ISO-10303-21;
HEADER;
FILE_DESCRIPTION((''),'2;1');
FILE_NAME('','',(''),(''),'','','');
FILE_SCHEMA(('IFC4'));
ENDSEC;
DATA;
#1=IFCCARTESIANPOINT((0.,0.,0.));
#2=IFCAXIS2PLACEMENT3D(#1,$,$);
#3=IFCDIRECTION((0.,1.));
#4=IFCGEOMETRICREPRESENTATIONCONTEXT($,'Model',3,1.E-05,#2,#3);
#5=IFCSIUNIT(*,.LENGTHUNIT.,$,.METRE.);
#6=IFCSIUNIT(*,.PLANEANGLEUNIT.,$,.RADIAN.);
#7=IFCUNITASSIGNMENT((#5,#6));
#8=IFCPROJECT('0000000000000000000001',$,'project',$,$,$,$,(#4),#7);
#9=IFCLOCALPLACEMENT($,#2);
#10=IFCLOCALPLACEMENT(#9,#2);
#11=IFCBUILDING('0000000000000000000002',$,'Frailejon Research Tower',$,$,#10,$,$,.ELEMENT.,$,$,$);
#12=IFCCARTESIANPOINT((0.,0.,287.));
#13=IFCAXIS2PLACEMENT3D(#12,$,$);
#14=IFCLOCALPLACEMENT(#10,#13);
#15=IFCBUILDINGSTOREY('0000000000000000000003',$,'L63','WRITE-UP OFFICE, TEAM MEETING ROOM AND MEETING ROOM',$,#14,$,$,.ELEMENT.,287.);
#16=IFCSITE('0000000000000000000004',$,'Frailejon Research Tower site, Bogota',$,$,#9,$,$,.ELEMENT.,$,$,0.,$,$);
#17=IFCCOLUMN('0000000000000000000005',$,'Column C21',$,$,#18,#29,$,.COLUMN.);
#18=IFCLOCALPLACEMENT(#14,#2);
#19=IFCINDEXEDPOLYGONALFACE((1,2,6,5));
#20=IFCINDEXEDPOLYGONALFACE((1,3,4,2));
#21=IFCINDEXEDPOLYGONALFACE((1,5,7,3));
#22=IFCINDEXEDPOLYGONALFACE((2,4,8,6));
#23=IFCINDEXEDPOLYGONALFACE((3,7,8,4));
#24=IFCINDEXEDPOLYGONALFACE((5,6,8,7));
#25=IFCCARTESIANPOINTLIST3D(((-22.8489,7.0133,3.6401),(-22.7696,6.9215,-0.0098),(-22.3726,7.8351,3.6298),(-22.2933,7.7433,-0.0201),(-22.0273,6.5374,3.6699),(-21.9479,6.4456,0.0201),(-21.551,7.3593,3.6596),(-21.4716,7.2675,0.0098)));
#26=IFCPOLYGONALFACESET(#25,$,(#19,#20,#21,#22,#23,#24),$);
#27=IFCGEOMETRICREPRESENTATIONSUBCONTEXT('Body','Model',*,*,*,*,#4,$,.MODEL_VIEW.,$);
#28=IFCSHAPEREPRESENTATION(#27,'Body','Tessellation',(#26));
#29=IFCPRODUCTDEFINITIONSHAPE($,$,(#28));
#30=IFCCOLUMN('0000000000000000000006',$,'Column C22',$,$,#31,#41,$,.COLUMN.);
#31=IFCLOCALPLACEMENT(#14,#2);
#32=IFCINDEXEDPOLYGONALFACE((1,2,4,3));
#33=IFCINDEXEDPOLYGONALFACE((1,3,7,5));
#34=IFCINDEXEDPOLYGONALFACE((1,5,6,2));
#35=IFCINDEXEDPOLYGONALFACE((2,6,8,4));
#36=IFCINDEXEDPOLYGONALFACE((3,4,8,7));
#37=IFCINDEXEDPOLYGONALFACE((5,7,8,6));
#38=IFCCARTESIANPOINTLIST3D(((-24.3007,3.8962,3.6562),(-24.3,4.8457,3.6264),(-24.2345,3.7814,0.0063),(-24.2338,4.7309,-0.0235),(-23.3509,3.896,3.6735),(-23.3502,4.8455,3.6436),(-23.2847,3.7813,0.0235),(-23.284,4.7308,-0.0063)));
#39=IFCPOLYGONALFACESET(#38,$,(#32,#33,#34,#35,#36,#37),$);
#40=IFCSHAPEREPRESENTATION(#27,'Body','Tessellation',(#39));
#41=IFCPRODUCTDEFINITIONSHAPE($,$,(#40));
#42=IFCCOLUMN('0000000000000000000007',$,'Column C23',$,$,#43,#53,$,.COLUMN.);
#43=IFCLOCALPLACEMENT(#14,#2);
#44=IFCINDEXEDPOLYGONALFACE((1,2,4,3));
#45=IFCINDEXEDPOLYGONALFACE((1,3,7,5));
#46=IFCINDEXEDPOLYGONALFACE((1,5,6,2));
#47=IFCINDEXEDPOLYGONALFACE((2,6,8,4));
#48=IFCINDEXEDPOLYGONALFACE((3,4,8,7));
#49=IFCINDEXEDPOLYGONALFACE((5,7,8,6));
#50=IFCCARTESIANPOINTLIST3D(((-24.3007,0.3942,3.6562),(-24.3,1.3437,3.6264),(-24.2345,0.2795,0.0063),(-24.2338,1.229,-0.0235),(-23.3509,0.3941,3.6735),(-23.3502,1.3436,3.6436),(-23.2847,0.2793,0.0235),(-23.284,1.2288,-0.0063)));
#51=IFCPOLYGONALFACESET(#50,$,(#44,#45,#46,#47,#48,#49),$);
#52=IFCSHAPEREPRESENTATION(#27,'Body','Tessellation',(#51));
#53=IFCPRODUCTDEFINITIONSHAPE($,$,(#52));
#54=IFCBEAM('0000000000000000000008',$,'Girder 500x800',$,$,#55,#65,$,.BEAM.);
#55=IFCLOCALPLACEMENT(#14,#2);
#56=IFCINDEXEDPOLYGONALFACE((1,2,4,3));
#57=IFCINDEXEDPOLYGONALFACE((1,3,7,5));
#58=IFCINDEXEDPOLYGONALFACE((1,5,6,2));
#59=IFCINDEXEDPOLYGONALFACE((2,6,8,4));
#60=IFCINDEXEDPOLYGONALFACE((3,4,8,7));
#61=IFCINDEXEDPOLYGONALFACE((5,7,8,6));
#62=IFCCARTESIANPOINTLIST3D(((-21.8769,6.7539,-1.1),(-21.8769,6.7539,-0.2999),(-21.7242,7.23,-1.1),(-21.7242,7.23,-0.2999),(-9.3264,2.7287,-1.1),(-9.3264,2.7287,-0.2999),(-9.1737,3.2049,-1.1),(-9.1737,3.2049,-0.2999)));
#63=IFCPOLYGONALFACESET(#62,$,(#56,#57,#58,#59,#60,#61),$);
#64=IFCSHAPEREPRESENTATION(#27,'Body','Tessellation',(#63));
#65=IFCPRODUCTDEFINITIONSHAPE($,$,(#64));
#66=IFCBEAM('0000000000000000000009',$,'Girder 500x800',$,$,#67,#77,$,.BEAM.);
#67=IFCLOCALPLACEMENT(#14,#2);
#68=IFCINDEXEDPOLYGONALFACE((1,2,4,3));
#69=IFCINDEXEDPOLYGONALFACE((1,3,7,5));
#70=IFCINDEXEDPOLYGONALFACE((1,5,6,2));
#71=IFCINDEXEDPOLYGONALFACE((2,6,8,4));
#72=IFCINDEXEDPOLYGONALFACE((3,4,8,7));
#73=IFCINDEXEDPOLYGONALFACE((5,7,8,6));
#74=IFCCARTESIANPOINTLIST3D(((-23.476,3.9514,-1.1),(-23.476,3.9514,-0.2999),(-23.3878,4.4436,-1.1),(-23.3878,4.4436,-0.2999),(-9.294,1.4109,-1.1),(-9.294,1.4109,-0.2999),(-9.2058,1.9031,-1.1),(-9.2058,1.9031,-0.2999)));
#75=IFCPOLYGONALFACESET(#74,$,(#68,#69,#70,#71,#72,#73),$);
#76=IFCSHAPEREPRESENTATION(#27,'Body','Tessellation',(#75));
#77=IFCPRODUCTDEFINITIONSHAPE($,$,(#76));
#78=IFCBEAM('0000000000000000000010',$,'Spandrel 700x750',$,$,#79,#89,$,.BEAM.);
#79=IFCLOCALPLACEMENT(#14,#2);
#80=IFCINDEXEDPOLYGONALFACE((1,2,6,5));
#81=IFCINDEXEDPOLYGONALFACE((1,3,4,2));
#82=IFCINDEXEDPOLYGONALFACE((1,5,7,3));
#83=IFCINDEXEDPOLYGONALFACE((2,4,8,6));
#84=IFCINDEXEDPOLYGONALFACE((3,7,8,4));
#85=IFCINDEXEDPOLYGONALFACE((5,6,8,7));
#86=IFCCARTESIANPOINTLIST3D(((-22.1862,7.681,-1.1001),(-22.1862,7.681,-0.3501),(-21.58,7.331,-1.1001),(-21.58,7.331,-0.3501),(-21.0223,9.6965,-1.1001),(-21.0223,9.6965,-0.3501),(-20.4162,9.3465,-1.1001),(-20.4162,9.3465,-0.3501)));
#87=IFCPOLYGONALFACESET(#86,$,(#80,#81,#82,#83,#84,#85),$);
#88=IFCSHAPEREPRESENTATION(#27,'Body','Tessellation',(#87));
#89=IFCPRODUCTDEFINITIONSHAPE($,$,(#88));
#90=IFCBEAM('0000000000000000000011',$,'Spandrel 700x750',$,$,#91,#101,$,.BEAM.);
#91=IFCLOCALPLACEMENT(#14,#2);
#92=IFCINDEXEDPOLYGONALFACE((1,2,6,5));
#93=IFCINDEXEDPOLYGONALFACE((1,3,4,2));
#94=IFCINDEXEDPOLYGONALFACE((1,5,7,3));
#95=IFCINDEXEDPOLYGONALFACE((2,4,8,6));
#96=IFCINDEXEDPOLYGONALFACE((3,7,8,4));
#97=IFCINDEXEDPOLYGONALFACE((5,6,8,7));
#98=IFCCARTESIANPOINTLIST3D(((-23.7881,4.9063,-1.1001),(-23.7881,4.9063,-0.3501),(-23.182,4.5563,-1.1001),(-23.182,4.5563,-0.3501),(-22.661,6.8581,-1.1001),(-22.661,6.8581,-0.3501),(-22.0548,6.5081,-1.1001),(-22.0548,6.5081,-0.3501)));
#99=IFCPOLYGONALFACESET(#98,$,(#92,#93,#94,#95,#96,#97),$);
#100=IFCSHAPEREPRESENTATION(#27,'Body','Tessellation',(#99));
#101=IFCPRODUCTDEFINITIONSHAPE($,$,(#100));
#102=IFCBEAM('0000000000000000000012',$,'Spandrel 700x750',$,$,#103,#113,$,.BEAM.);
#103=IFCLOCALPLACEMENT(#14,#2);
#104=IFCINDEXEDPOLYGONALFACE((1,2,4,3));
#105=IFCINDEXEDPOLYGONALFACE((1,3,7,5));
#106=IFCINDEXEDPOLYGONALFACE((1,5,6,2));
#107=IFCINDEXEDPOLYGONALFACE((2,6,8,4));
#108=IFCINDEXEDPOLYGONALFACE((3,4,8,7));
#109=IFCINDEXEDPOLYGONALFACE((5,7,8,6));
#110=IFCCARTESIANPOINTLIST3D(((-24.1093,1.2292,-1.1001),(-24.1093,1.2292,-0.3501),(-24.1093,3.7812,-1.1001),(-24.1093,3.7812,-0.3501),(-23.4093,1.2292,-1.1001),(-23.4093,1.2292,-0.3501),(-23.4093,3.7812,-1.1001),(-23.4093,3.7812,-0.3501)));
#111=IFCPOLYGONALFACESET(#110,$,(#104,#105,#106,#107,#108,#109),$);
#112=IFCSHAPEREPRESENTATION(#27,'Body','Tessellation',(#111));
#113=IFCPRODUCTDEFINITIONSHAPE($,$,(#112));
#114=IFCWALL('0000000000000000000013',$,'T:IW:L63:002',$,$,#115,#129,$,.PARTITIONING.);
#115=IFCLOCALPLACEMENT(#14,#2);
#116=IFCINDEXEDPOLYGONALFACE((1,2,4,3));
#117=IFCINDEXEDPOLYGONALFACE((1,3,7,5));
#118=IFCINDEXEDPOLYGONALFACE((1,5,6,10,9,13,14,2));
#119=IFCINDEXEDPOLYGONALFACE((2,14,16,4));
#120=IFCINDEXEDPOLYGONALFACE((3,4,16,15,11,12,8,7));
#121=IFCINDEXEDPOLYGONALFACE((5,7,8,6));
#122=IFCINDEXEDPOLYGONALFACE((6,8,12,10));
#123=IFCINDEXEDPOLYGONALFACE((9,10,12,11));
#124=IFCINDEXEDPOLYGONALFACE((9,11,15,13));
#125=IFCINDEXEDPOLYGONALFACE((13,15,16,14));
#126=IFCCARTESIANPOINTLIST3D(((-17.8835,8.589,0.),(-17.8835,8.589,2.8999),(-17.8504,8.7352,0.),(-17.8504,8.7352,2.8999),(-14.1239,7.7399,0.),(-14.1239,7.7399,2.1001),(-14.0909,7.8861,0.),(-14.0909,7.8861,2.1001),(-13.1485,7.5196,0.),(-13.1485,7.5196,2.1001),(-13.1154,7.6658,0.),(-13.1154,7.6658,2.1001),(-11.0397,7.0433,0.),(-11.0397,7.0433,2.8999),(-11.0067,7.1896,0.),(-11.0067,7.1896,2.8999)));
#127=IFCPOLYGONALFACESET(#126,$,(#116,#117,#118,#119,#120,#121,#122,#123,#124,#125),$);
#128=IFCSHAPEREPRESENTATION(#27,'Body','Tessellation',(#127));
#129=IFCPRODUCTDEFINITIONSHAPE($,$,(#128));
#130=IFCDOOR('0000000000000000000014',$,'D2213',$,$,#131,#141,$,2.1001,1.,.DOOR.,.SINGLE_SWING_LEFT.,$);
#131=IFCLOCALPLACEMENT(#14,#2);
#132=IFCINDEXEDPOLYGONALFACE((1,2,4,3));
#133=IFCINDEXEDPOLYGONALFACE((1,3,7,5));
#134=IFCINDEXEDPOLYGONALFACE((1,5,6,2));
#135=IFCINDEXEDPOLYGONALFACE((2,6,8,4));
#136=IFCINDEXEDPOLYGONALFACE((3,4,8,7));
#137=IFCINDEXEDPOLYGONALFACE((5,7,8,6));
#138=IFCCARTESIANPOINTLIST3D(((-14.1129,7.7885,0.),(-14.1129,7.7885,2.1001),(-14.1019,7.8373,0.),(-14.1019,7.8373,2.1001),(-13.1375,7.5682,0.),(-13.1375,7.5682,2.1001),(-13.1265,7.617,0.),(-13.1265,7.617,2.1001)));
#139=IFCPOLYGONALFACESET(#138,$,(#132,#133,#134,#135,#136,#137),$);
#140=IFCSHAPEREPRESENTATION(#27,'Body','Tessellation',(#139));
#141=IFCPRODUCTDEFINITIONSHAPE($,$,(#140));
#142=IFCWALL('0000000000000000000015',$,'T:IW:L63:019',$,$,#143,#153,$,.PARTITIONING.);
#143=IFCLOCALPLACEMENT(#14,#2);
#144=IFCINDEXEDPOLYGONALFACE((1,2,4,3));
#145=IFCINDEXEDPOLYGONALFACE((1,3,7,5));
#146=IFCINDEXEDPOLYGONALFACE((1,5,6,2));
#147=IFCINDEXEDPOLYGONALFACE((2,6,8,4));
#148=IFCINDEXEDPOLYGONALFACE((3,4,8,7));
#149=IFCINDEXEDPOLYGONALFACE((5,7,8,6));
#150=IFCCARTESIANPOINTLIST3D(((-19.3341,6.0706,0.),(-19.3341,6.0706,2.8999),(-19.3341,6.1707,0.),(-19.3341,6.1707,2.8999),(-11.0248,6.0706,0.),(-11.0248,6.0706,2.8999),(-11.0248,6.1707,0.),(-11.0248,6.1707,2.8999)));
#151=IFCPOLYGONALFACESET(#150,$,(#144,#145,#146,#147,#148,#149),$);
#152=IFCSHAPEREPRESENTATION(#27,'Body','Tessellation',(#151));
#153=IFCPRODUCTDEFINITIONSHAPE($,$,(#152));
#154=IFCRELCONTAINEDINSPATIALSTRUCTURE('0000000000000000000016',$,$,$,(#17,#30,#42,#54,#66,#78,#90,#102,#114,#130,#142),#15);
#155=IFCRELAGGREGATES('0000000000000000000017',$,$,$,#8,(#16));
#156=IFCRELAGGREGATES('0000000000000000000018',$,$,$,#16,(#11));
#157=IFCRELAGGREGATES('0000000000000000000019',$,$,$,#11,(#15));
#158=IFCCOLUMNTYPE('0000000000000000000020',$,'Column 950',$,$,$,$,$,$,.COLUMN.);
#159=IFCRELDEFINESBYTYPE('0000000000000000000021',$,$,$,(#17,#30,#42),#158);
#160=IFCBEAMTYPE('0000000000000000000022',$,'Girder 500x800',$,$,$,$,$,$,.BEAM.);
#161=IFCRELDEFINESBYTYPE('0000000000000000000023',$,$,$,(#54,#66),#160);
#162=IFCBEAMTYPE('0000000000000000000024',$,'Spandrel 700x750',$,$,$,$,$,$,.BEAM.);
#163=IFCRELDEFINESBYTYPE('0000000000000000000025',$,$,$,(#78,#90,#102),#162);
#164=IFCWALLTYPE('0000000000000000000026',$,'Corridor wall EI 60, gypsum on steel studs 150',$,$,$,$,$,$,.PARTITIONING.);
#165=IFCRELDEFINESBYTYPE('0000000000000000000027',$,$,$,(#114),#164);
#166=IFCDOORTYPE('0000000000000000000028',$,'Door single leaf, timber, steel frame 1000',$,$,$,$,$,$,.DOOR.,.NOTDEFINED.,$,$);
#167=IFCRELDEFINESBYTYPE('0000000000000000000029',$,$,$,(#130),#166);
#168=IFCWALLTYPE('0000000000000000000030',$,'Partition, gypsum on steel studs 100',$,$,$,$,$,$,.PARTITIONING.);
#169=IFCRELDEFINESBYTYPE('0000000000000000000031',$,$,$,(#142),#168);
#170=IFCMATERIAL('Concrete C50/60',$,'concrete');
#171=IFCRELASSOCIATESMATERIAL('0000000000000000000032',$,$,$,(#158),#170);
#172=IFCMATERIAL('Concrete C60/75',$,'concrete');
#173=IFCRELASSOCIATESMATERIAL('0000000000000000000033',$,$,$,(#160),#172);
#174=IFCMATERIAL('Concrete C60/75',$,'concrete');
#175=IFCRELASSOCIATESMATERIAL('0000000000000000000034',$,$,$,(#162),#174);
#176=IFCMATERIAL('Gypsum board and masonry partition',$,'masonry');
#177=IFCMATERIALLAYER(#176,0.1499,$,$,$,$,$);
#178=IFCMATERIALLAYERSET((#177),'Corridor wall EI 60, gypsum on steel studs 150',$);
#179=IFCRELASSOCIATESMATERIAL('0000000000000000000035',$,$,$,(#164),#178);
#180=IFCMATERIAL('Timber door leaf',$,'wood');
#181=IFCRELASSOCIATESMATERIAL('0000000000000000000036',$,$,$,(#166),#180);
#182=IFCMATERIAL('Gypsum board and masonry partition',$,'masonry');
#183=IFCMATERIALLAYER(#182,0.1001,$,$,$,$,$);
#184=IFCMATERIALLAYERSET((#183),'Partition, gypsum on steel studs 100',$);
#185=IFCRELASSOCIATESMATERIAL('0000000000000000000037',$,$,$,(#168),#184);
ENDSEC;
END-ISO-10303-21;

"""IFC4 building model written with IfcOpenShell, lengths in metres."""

from ifc_helpers import new_model, si_unit, direction, frame, frame_2d, origin, origin_2d, place, context, subcontext, project, spatial, rectangle, extrude, material, layer, layer_set, material_profile, profile_set, type_object, element, fill, save


model = new_model("IFC4")

# Units and contexts
model_context = context("Model", 3, precision=1e-05, world=origin(), true_north=direction((0.0, 1.0)))
body_context = subcontext(model_context, "Body", "Model", "MODEL_VIEW")
ifc_project = project(units=[si_unit("LENGTHUNIT", "METRE"), si_unit("PLANEANGLEUNIT", "RADIAN")], contexts=[model_context])

# Site, building, storey
site_placement = place(None, origin())
site = spatial("IfcSite", under=ifc_project, at=site_placement, Name="Frailejon Research Tower site, Bogota", CompositionType="ELEMENT", RefElevation=0.0)
building_placement = place(site_placement, origin())
building = spatial("IfcBuilding", under=site, at=building_placement, Name="Frailejon Research Tower", CompositionType="ELEMENT")
storey_placement = place(building_placement, frame((0.0, 0.0, 287.0)))
storey = spatial("IfcBuildingStorey", under=building, at=storey_placement, Name="L63", Description="WRITE-UP OFFICE, TEAM MEETING ROOM AND MEETING ROOM", CompositionType="ELEMENT", Elevation=287.0)

# Columns
ifc_material_1 = material(Name="Concrete C50/60", Category="concrete")
ifc_material_profile_1 = material_profile(ifc_material_1, rectangle(XDim=0.95, YDim=0.95, at=origin_2d()), Name="Column 950")
ifc_profile_set_1 = profile_set([ifc_material_profile_1], Name="Concrete C50/60")
column_type = type_object("IfcColumnType", Name="Column 950", PredefinedType="COLUMN", material=ifc_profile_set_1)
column_placement = place(storey_placement, frame((-22.1206, 7.0945, 0.0), z_axis=(-0.021727, 0.025137, 0.999448), x_axis=(-0.501407, -0.865143, 0.010859)))
element("IfcColumn", 1, at=column_placement, inside=storey, type_object=column_type, Name="Column C21", PredefinedType="COLUMN", context=body_context, shape_type="SweptSolid", body=[
    extrude(rectangle(XDim=0.95, YDim=0.95, at=origin_2d()), origin(), (0.0, 0.0, 1.0), 3.6519),
])
for number, where, z_axis, x_axis, name in (
    (2, (-23.7593, 4.2561, 0.0), (-0.018115, 0.031417, 0.999342), (-0.000701, -0.999506, 0.03141), "Column C22"),
    (3, (-23.7593, 0.7542, 0.0), (-0.018115, 0.031417, 0.999342), (-0.000701, -0.999506, 0.03141), "Column C23"),
):
    element("IfcColumn", number, at=place(storey_placement, frame(where, z_axis=z_axis, x_axis=x_axis)), inside=storey, type_object=column_type, Name=name, PredefinedType="COLUMN", context=body_context, shape_type="SweptSolid", body=[
        extrude(rectangle(XDim=0.95, YDim=0.95, at=origin_2d()), origin(), (0.0, 0.0, 1.0), 3.6523),
    ])

# Beams
ifc_material_2 = material(Name="Concrete C60/75", Category="concrete")
ifc_material_profile_2 = material_profile(ifc_material_2, rectangle(XDim=0.5, YDim=0.8, at=origin_2d()), Name="Girder 500x800")
ifc_profile_set_2 = profile_set([ifc_material_profile_2], Name="Concrete C60/75")
beam_type_1 = type_object("IfcBeamType", Name="Girder 500x800", PredefinedType="BEAM", material=ifc_profile_set_2)
beam_1_placement = place(storey_placement, frame((-21.8005, 6.9919, -0.7), z_axis=(0.952226, -0.305393, 0.0), x_axis=(0.305393, 0.952226, 0.0)))
element("IfcBeam", 4, at=beam_1_placement, inside=storey, type_object=beam_type_1, Name="Girder 500x800", PredefinedType="BEAM", context=body_context, shape_type="SweptSolid", body=[
    extrude(rectangle(XDim=0.5, YDim=0.8, at=origin_2d()), origin(), (0.0, 0.0, 1.0), 13.1802),
])
beam_2_placement = place(storey_placement, frame((-23.4319, 4.1975, -0.7), z_axis=(0.984331, -0.176332, 0.0), x_axis=(0.176332, 0.984331, 0.0)))
element("IfcBeam", 5, at=beam_2_placement, inside=storey, type_object=beam_type_1, Name="Girder 500x800", PredefinedType="BEAM", context=body_context, shape_type="SweptSolid", body=[
    extrude(rectangle(XDim=0.5, YDim=0.8, at=origin_2d()), origin(), (0.0, 0.0, 1.0), 14.4077),
])
ifc_material_3 = material(Name="Concrete C60/75", Category="concrete")
ifc_material_profile_3 = material_profile(ifc_material_3, rectangle(XDim=0.7, YDim=0.75, at=origin_2d()), Name="Spandrel 700x750")
ifc_profile_set_3 = profile_set([ifc_material_profile_3], Name="Concrete C60/75")
beam_type_2 = type_object("IfcBeamType", Name="Spandrel 700x750", PredefinedType="BEAM", material=ifc_profile_set_3)
beam_3_placement = place(storey_placement, frame((-20.7192, 9.5215, -0.7251), z_axis=(-0.500077, -0.865981, 0.0), x_axis=(0.865981, -0.500077, 0.0)))
element("IfcBeam", 6, at=beam_3_placement, inside=storey, type_object=beam_type_2, Name="Spandrel 700x750", PredefinedType="BEAM", context=body_context, shape_type="SweptSolid", body=[
    extrude(rectangle(XDim=0.7, YDim=0.75, at=origin_2d()), origin(), (0.0, 0.0, 1.0), 2.3274),
])
beam_4_placement = place(storey_placement, frame((-22.3579, 6.6831, -0.7251), z_axis=(-0.500088, -0.865975, 0.0), x_axis=(0.865975, -0.500088, 0.0)))
element("IfcBeam", 7, at=beam_4_placement, inside=storey, type_object=beam_type_2, Name="Spandrel 700x750", PredefinedType="BEAM", context=body_context, shape_type="SweptSolid", body=[
    extrude(rectangle(XDim=0.7, YDim=0.75, at=origin_2d()), origin(), (0.0, 0.0, 1.0), 2.2539),
])
beam_5_placement = place(storey_placement, frame((-23.7593, 3.7812, -0.7251), z_axis=(0.0, -1.0, 0.0), x_axis=(1.0, 0.0, 0.0)))
element("IfcBeam", 8, at=beam_5_placement, inside=storey, type_object=beam_type_2, Name="Spandrel 700x750", PredefinedType="BEAM", context=body_context, shape_type="SweptSolid", body=[
    extrude(rectangle(XDim=0.7, YDim=0.75, at=origin_2d()), origin(), (0.0, 0.0, 1.0), 2.552),
])

# Wall, opening, door
ifc_material_4 = material(Name="Gypsum board and masonry partition", Category="masonry")
ifc_layer_1 = layer(ifc_material_4, 0.1499)
ifc_layer_set_1 = layer_set([ifc_layer_1], Name="Corridor wall EI 60, gypsum on steel studs 150")
wall_type_1 = type_object("IfcWallType", Name="Corridor wall EI 60, gypsum on steel studs 150", PredefinedType="PARTITIONING", material=ifc_layer_set_1)
wall_1_placement = place(storey_placement, frame((-17.8669, 8.6621, 0.0), z_axis=(0.0, 0.0, 1.0), x_axis=(0.975432, -0.2203, 0.0)))
wall_1 = element("IfcWall", 9, at=wall_1_placement, inside=storey, type_object=wall_type_1, Name="T:IW:L63:002", PredefinedType="PARTITIONING", context=body_context, shape_type="SweptSolid", body=[
    extrude(rectangle(XDim=7.0161, YDim=0.1499, at=frame_2d((3.5081, 0.0))), origin(), (0.0, 0.0, 1.0), 2.8999),
])
opening_1_placement = place(wall_1_placement, frame((3.8542, 0.0, 0.0)))
opening_1 = element("IfcOpeningElement", 10, at=opening_1_placement, cuts=wall_1, PredefinedType="OPENING", context=body_context, shape_type="SweptSolid", body=[
    extrude(rectangle(XDim=1.0, YDim=2.1001, at=frame_2d((0.5, 1.05))), frame((0.0, 0.085, 0.0), z_axis=(0.0, -1.0, 0.0), x_axis=(1.0, 0.0, 0.0)), (0.0, 0.0, 1.0), 0.1699),
])
ifc_material_5 = material(Name="Timber door leaf", Category="wood")
door_type = type_object("IfcDoorType", Name="Door single leaf, timber, steel frame 1000", OperationType="NOTDEFINED", PredefinedType="DOOR", material=ifc_material_5)
door_placement = place(opening_1_placement, origin())
door = element("IfcDoor", 11, at=door_placement, inside=storey, type_object=door_type, Name="D2213", OperationType="SINGLE_SWING_LEFT", OverallHeight=2.1001, OverallWidth=1.0, PredefinedType="DOOR", context=body_context, shape_type="SweptSolid", body=[
    extrude(rectangle(XDim=1.0, YDim=2.1001, at=frame_2d((0.5, 1.05))), frame((0.0, 0.0249, 0.0), z_axis=(0.0, -1.0, 0.0), x_axis=(1.0, 0.0, 0.0)), (0.0, 0.0, 1.0), 0.05),
])
fill(opening_1, door)

# Wall
ifc_material_6 = material(Name="Gypsum board and masonry partition", Category="masonry")
ifc_layer_2 = layer(ifc_material_6, 0.1001)
ifc_layer_set_2 = layer_set([ifc_layer_2], Name="Partition, gypsum on steel studs 100")
wall_type_2 = type_object("IfcWallType", Name="Partition, gypsum on steel studs 100", PredefinedType="PARTITIONING", material=ifc_layer_set_2)
wall_2_placement = place(storey_placement, frame((-19.3342, 6.1206, 0.0), z_axis=(0.0, 0.0, 1.0), x_axis=(1.0, 0.0, 0.0)))
element("IfcWall", 12, at=wall_2_placement, inside=storey, type_object=wall_type_2, Name="T:IW:L63:019", PredefinedType="PARTITIONING", context=body_context, shape_type="SweptSolid", body=[
    extrude(rectangle(XDim=8.3093, YDim=0.1001, at=frame_2d((4.1548, 0.0))), origin(), (0.0, 0.0, 1.0), 2.8999),
])

save(model, "model.ifc")
